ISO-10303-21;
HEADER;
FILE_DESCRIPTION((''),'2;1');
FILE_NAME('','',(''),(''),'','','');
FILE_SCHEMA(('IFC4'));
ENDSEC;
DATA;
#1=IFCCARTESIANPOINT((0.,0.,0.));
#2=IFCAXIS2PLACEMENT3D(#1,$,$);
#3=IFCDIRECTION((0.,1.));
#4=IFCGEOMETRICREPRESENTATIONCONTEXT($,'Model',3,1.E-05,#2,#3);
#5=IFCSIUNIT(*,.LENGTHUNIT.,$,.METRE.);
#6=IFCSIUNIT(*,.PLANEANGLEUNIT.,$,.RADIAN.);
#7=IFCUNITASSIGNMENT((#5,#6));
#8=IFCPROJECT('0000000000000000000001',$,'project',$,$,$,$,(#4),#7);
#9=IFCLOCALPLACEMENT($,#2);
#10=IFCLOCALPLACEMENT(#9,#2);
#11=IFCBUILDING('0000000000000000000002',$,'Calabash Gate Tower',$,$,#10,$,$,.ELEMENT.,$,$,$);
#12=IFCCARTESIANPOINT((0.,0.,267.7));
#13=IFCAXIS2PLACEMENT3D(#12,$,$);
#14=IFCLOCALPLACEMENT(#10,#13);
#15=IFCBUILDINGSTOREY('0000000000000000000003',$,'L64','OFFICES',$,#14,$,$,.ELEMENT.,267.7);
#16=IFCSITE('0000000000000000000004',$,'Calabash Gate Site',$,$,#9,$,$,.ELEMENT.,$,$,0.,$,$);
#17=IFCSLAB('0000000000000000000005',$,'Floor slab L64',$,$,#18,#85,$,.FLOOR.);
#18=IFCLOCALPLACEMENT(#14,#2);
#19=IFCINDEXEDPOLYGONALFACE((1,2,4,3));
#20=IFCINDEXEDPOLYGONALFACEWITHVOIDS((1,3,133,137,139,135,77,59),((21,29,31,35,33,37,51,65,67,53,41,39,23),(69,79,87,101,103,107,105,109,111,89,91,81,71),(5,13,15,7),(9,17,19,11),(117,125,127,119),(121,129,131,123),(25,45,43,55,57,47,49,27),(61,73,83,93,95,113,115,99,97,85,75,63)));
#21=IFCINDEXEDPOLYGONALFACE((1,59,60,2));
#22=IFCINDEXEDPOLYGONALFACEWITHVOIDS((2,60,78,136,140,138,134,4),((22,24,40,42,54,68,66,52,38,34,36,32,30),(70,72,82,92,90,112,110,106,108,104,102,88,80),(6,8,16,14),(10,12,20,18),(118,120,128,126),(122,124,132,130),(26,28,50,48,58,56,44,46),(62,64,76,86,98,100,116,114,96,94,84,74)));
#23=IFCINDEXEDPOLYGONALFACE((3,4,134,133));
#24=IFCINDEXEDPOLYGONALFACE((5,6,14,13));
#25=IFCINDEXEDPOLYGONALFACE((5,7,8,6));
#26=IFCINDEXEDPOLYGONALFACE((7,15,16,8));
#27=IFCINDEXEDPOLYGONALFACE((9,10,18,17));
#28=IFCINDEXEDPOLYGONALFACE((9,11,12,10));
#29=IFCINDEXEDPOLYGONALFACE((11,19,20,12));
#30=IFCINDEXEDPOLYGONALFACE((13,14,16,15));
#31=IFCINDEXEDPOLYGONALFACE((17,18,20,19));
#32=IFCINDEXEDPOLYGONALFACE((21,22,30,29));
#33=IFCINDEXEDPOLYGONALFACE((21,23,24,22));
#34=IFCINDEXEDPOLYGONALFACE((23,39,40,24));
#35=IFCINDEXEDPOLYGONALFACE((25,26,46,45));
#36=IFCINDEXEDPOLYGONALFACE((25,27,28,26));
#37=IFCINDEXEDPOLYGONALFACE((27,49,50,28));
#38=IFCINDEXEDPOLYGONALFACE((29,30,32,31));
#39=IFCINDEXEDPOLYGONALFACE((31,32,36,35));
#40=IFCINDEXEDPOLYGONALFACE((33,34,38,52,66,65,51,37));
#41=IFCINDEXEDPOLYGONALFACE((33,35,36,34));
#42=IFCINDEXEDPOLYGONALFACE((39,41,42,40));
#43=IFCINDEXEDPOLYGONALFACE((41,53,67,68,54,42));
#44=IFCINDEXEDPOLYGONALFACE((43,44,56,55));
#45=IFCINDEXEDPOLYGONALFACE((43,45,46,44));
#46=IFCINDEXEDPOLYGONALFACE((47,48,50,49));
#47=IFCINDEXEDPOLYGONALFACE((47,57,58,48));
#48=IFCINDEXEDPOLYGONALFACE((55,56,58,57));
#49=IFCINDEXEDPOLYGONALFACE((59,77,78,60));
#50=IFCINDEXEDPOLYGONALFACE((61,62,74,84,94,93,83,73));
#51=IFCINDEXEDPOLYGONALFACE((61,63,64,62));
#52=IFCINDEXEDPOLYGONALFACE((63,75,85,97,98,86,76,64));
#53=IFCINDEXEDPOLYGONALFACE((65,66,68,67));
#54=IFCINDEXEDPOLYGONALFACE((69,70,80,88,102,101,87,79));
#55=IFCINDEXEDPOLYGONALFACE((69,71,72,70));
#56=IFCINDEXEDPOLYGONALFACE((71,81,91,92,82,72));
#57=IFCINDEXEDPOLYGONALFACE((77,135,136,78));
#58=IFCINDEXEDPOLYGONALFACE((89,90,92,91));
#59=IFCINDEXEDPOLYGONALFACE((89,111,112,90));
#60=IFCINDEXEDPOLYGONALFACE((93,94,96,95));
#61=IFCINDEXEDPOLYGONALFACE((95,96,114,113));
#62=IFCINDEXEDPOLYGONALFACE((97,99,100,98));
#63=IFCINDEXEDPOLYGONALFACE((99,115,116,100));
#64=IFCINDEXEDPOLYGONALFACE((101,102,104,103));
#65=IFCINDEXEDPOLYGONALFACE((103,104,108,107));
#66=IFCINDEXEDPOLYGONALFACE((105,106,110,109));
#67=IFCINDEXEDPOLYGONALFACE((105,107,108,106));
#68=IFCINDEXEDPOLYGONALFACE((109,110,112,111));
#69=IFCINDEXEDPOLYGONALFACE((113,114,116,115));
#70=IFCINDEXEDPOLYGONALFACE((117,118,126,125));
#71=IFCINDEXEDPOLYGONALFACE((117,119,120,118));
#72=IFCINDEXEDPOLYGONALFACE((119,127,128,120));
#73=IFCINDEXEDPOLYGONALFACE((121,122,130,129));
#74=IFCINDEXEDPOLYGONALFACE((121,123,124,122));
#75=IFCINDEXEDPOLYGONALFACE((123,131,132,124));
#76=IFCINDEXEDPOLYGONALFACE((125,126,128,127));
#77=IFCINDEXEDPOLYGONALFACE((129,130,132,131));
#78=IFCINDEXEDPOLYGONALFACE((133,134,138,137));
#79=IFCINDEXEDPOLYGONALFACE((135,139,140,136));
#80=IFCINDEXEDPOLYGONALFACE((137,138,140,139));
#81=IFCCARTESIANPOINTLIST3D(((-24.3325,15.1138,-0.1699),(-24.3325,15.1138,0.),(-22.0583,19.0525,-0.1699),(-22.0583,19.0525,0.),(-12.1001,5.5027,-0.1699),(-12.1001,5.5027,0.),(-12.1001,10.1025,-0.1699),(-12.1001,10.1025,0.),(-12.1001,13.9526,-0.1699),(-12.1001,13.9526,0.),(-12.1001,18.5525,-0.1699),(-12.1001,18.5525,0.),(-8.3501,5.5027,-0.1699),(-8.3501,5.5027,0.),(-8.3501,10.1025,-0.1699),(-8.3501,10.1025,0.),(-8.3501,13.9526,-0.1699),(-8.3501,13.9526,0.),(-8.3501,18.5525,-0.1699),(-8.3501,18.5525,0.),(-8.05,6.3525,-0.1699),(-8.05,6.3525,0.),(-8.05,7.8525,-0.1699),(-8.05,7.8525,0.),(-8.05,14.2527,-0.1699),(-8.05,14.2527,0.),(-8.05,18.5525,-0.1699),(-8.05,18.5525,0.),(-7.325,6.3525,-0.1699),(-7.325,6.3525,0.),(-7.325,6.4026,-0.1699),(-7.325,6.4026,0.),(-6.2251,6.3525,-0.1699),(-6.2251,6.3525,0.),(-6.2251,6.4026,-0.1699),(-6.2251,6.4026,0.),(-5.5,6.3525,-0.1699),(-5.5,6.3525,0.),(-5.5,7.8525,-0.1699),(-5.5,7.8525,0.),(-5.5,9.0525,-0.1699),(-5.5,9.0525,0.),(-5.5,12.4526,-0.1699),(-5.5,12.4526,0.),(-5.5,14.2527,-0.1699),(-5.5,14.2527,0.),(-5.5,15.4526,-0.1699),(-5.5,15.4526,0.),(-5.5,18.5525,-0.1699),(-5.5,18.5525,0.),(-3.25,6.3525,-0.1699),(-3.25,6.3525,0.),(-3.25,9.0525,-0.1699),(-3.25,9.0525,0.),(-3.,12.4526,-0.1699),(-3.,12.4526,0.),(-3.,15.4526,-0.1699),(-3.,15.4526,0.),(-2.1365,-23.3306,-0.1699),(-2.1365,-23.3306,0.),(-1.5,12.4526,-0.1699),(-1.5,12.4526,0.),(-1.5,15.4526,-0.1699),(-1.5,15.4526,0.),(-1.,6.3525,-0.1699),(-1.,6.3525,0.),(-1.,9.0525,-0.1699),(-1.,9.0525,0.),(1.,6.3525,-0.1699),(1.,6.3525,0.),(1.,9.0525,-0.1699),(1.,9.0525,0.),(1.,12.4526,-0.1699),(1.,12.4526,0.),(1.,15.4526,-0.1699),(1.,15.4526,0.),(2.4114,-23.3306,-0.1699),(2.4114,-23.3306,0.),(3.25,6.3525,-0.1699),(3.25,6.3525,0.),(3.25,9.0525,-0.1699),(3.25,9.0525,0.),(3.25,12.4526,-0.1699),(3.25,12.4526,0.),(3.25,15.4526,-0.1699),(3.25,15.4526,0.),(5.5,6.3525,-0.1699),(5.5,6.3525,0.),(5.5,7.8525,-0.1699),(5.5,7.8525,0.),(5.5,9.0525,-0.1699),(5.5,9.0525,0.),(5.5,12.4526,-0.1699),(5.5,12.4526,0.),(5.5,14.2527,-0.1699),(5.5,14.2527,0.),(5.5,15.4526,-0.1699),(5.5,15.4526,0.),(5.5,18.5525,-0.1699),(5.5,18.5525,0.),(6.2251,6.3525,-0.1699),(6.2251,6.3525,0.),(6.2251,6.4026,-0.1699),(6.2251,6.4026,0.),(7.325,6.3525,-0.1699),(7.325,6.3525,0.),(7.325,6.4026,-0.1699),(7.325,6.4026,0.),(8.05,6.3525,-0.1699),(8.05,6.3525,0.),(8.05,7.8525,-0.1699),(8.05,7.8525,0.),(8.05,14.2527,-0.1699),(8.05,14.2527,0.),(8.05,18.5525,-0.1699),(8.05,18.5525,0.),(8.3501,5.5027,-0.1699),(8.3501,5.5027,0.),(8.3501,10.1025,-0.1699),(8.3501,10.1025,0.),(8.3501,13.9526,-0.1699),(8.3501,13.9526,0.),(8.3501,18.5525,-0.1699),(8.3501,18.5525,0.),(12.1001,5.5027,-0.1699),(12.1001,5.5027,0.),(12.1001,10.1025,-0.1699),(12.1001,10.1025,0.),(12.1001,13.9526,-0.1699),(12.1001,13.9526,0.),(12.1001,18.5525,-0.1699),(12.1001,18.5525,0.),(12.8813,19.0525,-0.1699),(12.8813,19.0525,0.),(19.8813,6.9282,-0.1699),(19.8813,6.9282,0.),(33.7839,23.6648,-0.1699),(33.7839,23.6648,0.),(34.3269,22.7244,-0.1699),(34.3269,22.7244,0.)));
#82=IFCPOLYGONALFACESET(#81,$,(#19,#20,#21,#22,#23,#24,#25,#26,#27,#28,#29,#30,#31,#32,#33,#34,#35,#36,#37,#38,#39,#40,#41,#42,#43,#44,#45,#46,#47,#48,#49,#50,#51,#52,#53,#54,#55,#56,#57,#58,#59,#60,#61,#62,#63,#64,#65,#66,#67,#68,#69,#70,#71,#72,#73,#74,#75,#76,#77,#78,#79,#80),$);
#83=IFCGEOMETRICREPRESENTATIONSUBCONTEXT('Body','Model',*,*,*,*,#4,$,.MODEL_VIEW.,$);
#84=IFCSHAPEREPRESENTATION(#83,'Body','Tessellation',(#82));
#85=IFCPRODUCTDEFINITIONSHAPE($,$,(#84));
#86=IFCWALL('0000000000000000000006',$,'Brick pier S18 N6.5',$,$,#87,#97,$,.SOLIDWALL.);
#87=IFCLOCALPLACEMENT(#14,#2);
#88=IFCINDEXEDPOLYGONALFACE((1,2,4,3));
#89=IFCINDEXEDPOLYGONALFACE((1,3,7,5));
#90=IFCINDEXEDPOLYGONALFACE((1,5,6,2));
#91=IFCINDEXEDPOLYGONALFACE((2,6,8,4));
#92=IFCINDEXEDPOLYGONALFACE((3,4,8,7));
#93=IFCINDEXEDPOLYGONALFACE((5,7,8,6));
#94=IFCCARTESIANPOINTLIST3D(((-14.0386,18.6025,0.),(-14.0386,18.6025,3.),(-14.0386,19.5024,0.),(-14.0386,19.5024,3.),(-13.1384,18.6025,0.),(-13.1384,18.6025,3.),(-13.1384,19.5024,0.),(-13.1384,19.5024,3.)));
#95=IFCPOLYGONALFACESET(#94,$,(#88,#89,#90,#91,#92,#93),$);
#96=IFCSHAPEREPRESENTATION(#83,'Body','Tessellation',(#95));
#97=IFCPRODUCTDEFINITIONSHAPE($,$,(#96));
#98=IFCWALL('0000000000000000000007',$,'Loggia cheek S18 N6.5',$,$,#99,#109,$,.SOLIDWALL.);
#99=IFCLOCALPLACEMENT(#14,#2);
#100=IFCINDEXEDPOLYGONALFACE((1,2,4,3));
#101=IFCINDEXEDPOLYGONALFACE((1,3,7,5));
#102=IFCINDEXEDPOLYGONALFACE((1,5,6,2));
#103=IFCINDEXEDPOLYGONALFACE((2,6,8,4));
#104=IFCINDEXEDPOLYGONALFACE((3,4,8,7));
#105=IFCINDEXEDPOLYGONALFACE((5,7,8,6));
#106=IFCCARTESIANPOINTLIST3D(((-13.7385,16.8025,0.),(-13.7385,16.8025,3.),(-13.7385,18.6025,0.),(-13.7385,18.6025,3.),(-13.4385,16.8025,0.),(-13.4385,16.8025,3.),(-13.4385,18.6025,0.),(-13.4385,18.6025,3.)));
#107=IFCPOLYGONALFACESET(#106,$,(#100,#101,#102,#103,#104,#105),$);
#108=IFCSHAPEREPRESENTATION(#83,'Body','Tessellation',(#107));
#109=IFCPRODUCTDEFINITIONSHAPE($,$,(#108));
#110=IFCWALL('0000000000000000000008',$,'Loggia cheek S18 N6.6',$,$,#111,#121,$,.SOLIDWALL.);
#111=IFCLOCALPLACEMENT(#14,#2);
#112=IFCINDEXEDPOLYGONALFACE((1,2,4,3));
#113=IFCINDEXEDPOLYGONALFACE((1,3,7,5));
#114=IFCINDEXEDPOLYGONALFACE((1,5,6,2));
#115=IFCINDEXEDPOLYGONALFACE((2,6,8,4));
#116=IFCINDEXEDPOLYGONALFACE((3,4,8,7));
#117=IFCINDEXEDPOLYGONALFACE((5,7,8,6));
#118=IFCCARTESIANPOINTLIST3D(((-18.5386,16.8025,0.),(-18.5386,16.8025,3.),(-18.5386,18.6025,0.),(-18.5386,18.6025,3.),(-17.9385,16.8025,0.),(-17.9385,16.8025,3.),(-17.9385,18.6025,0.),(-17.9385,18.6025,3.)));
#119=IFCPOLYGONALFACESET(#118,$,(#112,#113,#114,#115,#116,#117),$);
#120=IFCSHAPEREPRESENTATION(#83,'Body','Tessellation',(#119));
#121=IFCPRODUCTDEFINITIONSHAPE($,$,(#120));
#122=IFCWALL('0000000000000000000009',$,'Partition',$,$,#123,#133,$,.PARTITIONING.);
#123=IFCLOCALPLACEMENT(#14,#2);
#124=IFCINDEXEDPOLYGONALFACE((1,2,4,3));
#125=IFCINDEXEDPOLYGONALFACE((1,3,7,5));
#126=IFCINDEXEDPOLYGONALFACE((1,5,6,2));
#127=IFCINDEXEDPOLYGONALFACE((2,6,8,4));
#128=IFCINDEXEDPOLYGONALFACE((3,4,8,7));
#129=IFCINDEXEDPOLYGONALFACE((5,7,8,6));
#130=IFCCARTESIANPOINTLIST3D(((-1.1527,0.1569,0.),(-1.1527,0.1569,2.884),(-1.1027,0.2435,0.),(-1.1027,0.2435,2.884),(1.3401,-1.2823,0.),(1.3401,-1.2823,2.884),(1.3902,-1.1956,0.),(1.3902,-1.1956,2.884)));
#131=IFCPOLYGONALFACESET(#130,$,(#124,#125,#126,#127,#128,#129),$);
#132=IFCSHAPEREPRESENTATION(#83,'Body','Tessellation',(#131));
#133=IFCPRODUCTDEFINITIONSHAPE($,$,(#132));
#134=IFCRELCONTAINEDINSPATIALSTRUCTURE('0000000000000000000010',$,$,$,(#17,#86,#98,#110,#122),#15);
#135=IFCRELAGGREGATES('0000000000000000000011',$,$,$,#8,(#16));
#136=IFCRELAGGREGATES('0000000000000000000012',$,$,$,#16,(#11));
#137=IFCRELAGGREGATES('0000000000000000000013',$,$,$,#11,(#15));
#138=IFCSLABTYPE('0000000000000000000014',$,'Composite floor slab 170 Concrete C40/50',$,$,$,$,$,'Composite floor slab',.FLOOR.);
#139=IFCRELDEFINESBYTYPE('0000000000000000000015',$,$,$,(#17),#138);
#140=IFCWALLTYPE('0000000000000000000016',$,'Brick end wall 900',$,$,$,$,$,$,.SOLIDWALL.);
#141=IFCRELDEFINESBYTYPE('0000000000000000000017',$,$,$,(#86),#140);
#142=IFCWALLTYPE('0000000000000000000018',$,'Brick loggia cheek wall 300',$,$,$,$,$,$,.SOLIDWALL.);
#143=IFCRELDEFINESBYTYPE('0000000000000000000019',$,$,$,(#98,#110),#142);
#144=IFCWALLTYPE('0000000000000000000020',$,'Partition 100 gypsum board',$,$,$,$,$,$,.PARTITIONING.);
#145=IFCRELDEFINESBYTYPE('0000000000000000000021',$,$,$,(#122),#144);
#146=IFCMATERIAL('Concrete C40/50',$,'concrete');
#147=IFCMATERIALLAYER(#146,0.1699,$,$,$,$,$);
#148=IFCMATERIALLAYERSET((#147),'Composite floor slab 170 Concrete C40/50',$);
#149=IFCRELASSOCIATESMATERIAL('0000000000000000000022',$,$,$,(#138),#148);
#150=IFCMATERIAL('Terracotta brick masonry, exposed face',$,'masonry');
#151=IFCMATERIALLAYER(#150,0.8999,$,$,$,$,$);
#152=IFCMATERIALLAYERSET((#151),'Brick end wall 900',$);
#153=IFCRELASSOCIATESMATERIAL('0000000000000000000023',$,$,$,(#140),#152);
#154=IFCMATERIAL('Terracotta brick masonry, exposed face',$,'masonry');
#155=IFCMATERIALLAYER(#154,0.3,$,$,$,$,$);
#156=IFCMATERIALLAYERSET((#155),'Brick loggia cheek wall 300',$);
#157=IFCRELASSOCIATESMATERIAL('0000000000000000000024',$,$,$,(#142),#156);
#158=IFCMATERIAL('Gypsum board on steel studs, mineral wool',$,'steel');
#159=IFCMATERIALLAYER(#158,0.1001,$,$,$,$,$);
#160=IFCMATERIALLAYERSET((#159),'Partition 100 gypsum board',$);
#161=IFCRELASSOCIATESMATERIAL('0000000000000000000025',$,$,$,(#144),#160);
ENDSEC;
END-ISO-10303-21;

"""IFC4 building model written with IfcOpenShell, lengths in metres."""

from ifc_helpers import new_model, si_unit, direction, frame, frame_2d, origin, place, context, subcontext, project, spatial, polyline, rectangle, outline, extrude, material, layer, layer_set, type_object, element, save


model = new_model("IFC4")

# Units and contexts
model_context = context("Model", 3, precision=1e-05, world=origin(), true_north=direction((0.0, 1.0)))
body_context = subcontext(model_context, "Body", "Model", "MODEL_VIEW")
ifc_project = project(units=[si_unit("LENGTHUNIT", "METRE"), si_unit("PLANEANGLEUNIT", "RADIAN")], contexts=[model_context])

# Site, building, storey
site_placement = place(None, origin())
site = spatial("IfcSite", under=ifc_project, at=site_placement, Name="Calabash Gate Site", CompositionType="ELEMENT", RefElevation=0.0)
building_placement = place(site_placement, origin())
building = spatial("IfcBuilding", under=site, at=building_placement, Name="Calabash Gate Tower", CompositionType="ELEMENT")
storey_placement = place(building_placement, frame((0.0, 0.0, 267.7)))
storey = spatial("IfcBuildingStorey", under=building, at=storey_placement, Name="L64", Description="OFFICES", CompositionType="ELEMENT", Elevation=267.7)

# Slab
ifc_material_1 = material(Name="Concrete C40/50", Category="concrete")
ifc_layer_1 = layer(ifc_material_1, 0.1699)
ifc_layer_set_1 = layer_set([ifc_layer_1], Name="Composite floor slab 170 Concrete C40/50")
slab_type = type_object("IfcSlabType", Name="Composite floor slab 170 Concrete C40/50", ElementType="Composite floor slab", PredefinedType="FLOOR", material=ifc_layer_set_1)
slab_placement = place(storey_placement, frame((0.0, 0.0, -0.1699)))
element("IfcSlab", 1, at=slab_placement, inside=storey, type_object=slab_type, Name="Floor slab L64", PredefinedType="FLOOR", context=body_context, shape_type="SweptSolid", body=[
    extrude(outline(polyline([(-24.3325, 15.1138), (-22.0583, 19.0525), (12.8813, 19.0525), (33.7839, 23.6648), (34.3269, 22.7244), (19.8813, 6.9282), (2.4114, -23.3306), (-2.1365, -23.3306), (-24.3325, 15.1138)]), holes=[polyline([(-1.0, 9.0525), (-3.25, 9.0525), (-5.5, 9.0525), (-5.5, 7.8525), (-8.05, 7.8525), (-8.05, 6.3525), (-7.325, 6.3525), (-7.325, 6.4026), (-6.2251, 6.4026), (-6.2251, 6.3525), (-5.5, 6.3525), (-3.25, 6.3525), (-1.0, 6.3525), (-1.0, 9.0525)]), polyline([(3.25, 6.3525), (5.5, 6.3525), (6.2251, 6.3525), (6.2251, 6.4026), (7.325, 6.4026), (7.325, 6.3525), (8.05, 6.3525), (8.05, 7.8525), (5.5, 7.8525), (5.5, 9.0525), (3.25, 9.0525), (1.0, 9.0525), (1.0, 6.3525), (3.25, 6.3525)]), polyline([(-5.5, 14.2527), (-5.5, 12.4526), (-3.0, 12.4526), (-3.0, 15.4526), (-5.5, 15.4526), (-5.5, 18.5525), (-8.05, 18.5525), (-8.05, 14.2527), (-5.5, 14.2527)]), polyline([(1.0, 15.4526), (-1.5, 15.4526), (-1.5, 12.4526), (1.0, 12.4526), (3.25, 12.4526), (5.5, 12.4526), (5.5, 14.2527), (8.05, 14.2527), (8.05, 18.5525), (5.5, 18.5525), (5.5, 15.4526), (3.25, 15.4526), (1.0, 15.4526)]), polyline([(-8.3501, 18.5525), (-12.1001, 18.5525), (-12.1001, 13.9526), (-8.3501, 13.9526), (-8.3501, 18.5525)]), polyline([(-12.1001, 10.1025), (-12.1001, 5.5027), (-8.3501, 5.5027), (-8.3501, 10.1025), (-12.1001, 10.1025)]), polyline([(8.3501, 13.9526), (12.1001, 13.9526), (12.1001, 18.5525), (8.3501, 18.5525), (8.3501, 13.9526)]), polyline([(12.1001, 5.5027), (12.1001, 10.1025), (8.3501, 10.1025), (8.3501, 5.5027), (12.1001, 5.5027)])]), origin(), (0.0, 0.0, 1.0), 0.1699),
])

# Walls
ifc_material_2 = material(Name="Terracotta brick masonry, exposed face", Category="masonry")
ifc_layer_2 = layer(ifc_material_2, 0.8999)
ifc_layer_set_2 = layer_set([ifc_layer_2], Name="Brick end wall 900")
wall_type_1 = type_object("IfcWallType", Name="Brick end wall 900", PredefinedType="SOLIDWALL", material=ifc_layer_set_2)
wall_1_placement = place(storey_placement, origin())
element("IfcWall", 2, at=wall_1_placement, inside=storey, type_object=wall_type_1, Name="Brick pier S18 N6.5", PredefinedType="SOLIDWALL", context=body_context, shape_type="SweptSolid", body=[
    extrude(outline(polyline([(-13.1384, 19.5024), (-14.0386, 19.5024), (-14.0386, 18.6025), (-13.1384, 18.6025), (-13.1384, 19.5024)])), origin(), (0.0, 0.0, 1.0), 3.0),
])
ifc_material_3 = material(Name="Terracotta brick masonry, exposed face", Category="masonry")
ifc_layer_3 = layer(ifc_material_3, 0.3)
ifc_layer_set_3 = layer_set([ifc_layer_3], Name="Brick loggia cheek wall 300")
wall_type_2 = type_object("IfcWallType", Name="Brick loggia cheek wall 300", PredefinedType="SOLIDWALL", material=ifc_layer_set_3)
wall_2_placement = place(storey_placement, origin())
element("IfcWall", 3, at=wall_2_placement, inside=storey, type_object=wall_type_2, Name="Loggia cheek S18 N6.5", PredefinedType="SOLIDWALL", context=body_context, shape_type="SweptSolid", body=[
    extrude(outline(polyline([(-13.4385, 16.8025), (-13.4385, 18.6025), (-13.7385, 18.6025), (-13.7385, 16.8025), (-13.4385, 16.8025)])), origin(), (0.0, 0.0, 1.0), 3.0),
])
wall_3_placement = place(storey_placement, origin())
element("IfcWall", 4, at=wall_3_placement, inside=storey, type_object=wall_type_2, Name="Loggia cheek S18 N6.6", PredefinedType="SOLIDWALL", context=body_context, shape_type="SweptSolid", body=[
    extrude(outline(polyline([(-18.5386, 18.6025), (-18.5386, 16.8025), (-17.9385, 16.8025), (-17.9385, 18.6025), (-18.5386, 18.6025)])), origin(), (0.0, 0.0, 1.0), 3.0),
])
ifc_material_4 = material(Name="Gypsum board on steel studs, mineral wool", Category="steel")
ifc_layer_4 = layer(ifc_material_4, 0.1001)
ifc_layer_set_4 = layer_set([ifc_layer_4], Name="Partition 100 gypsum board")
wall_type_3 = type_object("IfcWallType", Name="Partition 100 gypsum board", PredefinedType="PARTITIONING", material=ifc_layer_set_4)
wall_4_placement = place(storey_placement, frame((-1.1277, 0.2002, 0.0), z_axis=(0.0, 0.0, 1.0), x_axis=(0.866037, -0.499979, 0.0)))
element("IfcWall", 5, at=wall_4_placement, inside=storey, type_object=wall_type_3, Name="Partition", PredefinedType="PARTITIONING", context=body_context, shape_type="SweptSolid", body=[
    extrude(rectangle(XDim=2.8784, YDim=0.1001, at=frame_2d((1.4392, 0.0))), origin(), (0.0, 0.0, 1.0), 2.884),
])

save(model, "model.ifc")
